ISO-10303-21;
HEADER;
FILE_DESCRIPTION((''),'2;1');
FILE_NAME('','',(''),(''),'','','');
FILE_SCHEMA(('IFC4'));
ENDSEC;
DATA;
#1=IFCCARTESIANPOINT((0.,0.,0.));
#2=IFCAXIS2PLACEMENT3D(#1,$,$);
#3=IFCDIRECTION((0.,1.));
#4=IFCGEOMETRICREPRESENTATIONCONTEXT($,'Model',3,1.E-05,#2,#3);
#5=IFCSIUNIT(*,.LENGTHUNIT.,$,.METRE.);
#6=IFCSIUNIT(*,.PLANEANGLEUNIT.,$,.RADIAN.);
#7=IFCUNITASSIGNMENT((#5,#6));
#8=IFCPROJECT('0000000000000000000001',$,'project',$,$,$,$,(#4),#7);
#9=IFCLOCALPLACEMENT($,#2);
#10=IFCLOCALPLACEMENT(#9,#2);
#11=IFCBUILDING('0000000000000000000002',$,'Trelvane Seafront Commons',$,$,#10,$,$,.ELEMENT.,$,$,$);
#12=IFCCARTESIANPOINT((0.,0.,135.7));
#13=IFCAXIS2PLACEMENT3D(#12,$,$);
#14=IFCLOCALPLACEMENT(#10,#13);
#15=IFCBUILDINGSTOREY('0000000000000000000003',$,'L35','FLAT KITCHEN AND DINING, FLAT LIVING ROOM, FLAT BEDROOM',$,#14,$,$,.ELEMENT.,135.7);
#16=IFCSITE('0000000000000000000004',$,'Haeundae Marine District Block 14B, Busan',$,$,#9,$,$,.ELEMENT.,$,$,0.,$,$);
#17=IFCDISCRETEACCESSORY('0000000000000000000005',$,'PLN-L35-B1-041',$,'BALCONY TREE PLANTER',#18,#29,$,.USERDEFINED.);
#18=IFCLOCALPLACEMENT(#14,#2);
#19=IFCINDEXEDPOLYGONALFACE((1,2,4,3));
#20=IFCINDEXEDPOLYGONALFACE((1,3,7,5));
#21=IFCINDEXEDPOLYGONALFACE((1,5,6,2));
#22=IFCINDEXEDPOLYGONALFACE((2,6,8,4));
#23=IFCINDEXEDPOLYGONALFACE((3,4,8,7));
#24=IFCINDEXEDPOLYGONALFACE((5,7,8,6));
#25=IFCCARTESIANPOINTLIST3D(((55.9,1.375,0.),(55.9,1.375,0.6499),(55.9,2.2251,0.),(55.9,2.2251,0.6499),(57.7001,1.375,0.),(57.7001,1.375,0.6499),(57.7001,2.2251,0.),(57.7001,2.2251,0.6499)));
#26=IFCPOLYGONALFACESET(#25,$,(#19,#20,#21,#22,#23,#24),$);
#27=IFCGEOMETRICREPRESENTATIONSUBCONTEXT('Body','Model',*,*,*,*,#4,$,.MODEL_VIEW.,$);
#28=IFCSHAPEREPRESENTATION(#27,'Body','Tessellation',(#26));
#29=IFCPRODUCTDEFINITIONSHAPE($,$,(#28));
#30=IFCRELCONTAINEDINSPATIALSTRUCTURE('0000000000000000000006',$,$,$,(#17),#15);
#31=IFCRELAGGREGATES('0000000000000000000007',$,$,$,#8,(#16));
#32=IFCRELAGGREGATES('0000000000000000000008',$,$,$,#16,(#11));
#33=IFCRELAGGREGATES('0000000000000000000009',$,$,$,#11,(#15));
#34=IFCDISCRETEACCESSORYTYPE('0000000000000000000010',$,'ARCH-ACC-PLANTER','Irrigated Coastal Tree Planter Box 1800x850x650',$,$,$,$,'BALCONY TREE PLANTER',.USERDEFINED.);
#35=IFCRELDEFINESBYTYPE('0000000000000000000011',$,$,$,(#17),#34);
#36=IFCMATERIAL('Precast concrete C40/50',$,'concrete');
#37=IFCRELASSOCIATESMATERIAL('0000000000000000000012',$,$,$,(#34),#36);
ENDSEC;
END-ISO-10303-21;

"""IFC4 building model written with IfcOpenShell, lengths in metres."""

from ifc_helpers import new_model, si_unit, direction, frame, origin, origin_2d, place, context, subcontext, project, spatial, rectangle, extrude, source, transform, mapped, material, type_object, element, save


model = new_model("IFC4")

# Units and contexts
model_context = context("Model", 3, precision=1e-05, world=origin(), true_north=direction((0.0, 1.0)))
body_context = subcontext(model_context, "Body", "Model", "MODEL_VIEW")
ifc_project = project(units=[si_unit("LENGTHUNIT", "METRE"), si_unit("PLANEANGLEUNIT", "RADIAN")], contexts=[model_context])

# Site, building, storey
site_placement = place(None, origin())
site = spatial("IfcSite", under=ifc_project, at=site_placement, Name="Haeundae Marine District Block 14B, Busan", CompositionType="ELEMENT", RefElevation=0.0)
building_placement = place(site_placement, origin())
building = spatial("IfcBuilding", under=site, at=building_placement, Name="Trelvane Seafront Commons", CompositionType="ELEMENT")
storey_placement = place(building_placement, frame((0.0, 0.0, 135.7)))
storey = spatial("IfcBuildingStorey", under=building, at=storey_placement, Name="L35", Description="FLAT KITCHEN AND DINING, FLAT LIVING ROOM, FLAT BEDROOM", CompositionType="ELEMENT", Elevation=135.7)

# Discrete accessory
ifc_material_1 = material(Name="Precast concrete C40/50", Category="concrete")
discrete_accessory_type = type_object("IfcDiscreteAccessoryType", Name="ARCH-ACC-PLANTER", Description="Irrigated Coastal Tree Planter Box 1800x850x650", ElementType="BALCONY TREE PLANTER", PredefinedType="USERDEFINED", material=ifc_material_1)
shared_shape_1 = source(origin(), body_context, "Body", "SweptSolid", [
    extrude(rectangle(XDim=1.8, YDim=0.8501, at=origin_2d()), origin(), (0.0, 0.0, 1.0), 0.6499),
])
discrete_accessory_placement = place(storey_placement, frame((56.8, 1.8, 0.0), z_axis=(0.0, 0.0, 1.0), x_axis=(1.0, 0.0, 0.0)))
element("IfcDiscreteAccessory", 1, at=discrete_accessory_placement, inside=storey, type_object=discrete_accessory_type, Name="PLN-L35-B1-041", ObjectType="BALCONY TREE PLANTER", PredefinedType="USERDEFINED", context=body_context, shape_type="MappedRepresentation", body=[
    mapped(shared_shape_1, transform((0.0, 0.0, 0.0), x_axis=(1.0, 0.0, 0.0), y_axis=(0.0, 1.0, 0.0), z_axis=(0.0, 0.0, 1.0), scale=1.0)),
])

save(model, "model.ifc")
